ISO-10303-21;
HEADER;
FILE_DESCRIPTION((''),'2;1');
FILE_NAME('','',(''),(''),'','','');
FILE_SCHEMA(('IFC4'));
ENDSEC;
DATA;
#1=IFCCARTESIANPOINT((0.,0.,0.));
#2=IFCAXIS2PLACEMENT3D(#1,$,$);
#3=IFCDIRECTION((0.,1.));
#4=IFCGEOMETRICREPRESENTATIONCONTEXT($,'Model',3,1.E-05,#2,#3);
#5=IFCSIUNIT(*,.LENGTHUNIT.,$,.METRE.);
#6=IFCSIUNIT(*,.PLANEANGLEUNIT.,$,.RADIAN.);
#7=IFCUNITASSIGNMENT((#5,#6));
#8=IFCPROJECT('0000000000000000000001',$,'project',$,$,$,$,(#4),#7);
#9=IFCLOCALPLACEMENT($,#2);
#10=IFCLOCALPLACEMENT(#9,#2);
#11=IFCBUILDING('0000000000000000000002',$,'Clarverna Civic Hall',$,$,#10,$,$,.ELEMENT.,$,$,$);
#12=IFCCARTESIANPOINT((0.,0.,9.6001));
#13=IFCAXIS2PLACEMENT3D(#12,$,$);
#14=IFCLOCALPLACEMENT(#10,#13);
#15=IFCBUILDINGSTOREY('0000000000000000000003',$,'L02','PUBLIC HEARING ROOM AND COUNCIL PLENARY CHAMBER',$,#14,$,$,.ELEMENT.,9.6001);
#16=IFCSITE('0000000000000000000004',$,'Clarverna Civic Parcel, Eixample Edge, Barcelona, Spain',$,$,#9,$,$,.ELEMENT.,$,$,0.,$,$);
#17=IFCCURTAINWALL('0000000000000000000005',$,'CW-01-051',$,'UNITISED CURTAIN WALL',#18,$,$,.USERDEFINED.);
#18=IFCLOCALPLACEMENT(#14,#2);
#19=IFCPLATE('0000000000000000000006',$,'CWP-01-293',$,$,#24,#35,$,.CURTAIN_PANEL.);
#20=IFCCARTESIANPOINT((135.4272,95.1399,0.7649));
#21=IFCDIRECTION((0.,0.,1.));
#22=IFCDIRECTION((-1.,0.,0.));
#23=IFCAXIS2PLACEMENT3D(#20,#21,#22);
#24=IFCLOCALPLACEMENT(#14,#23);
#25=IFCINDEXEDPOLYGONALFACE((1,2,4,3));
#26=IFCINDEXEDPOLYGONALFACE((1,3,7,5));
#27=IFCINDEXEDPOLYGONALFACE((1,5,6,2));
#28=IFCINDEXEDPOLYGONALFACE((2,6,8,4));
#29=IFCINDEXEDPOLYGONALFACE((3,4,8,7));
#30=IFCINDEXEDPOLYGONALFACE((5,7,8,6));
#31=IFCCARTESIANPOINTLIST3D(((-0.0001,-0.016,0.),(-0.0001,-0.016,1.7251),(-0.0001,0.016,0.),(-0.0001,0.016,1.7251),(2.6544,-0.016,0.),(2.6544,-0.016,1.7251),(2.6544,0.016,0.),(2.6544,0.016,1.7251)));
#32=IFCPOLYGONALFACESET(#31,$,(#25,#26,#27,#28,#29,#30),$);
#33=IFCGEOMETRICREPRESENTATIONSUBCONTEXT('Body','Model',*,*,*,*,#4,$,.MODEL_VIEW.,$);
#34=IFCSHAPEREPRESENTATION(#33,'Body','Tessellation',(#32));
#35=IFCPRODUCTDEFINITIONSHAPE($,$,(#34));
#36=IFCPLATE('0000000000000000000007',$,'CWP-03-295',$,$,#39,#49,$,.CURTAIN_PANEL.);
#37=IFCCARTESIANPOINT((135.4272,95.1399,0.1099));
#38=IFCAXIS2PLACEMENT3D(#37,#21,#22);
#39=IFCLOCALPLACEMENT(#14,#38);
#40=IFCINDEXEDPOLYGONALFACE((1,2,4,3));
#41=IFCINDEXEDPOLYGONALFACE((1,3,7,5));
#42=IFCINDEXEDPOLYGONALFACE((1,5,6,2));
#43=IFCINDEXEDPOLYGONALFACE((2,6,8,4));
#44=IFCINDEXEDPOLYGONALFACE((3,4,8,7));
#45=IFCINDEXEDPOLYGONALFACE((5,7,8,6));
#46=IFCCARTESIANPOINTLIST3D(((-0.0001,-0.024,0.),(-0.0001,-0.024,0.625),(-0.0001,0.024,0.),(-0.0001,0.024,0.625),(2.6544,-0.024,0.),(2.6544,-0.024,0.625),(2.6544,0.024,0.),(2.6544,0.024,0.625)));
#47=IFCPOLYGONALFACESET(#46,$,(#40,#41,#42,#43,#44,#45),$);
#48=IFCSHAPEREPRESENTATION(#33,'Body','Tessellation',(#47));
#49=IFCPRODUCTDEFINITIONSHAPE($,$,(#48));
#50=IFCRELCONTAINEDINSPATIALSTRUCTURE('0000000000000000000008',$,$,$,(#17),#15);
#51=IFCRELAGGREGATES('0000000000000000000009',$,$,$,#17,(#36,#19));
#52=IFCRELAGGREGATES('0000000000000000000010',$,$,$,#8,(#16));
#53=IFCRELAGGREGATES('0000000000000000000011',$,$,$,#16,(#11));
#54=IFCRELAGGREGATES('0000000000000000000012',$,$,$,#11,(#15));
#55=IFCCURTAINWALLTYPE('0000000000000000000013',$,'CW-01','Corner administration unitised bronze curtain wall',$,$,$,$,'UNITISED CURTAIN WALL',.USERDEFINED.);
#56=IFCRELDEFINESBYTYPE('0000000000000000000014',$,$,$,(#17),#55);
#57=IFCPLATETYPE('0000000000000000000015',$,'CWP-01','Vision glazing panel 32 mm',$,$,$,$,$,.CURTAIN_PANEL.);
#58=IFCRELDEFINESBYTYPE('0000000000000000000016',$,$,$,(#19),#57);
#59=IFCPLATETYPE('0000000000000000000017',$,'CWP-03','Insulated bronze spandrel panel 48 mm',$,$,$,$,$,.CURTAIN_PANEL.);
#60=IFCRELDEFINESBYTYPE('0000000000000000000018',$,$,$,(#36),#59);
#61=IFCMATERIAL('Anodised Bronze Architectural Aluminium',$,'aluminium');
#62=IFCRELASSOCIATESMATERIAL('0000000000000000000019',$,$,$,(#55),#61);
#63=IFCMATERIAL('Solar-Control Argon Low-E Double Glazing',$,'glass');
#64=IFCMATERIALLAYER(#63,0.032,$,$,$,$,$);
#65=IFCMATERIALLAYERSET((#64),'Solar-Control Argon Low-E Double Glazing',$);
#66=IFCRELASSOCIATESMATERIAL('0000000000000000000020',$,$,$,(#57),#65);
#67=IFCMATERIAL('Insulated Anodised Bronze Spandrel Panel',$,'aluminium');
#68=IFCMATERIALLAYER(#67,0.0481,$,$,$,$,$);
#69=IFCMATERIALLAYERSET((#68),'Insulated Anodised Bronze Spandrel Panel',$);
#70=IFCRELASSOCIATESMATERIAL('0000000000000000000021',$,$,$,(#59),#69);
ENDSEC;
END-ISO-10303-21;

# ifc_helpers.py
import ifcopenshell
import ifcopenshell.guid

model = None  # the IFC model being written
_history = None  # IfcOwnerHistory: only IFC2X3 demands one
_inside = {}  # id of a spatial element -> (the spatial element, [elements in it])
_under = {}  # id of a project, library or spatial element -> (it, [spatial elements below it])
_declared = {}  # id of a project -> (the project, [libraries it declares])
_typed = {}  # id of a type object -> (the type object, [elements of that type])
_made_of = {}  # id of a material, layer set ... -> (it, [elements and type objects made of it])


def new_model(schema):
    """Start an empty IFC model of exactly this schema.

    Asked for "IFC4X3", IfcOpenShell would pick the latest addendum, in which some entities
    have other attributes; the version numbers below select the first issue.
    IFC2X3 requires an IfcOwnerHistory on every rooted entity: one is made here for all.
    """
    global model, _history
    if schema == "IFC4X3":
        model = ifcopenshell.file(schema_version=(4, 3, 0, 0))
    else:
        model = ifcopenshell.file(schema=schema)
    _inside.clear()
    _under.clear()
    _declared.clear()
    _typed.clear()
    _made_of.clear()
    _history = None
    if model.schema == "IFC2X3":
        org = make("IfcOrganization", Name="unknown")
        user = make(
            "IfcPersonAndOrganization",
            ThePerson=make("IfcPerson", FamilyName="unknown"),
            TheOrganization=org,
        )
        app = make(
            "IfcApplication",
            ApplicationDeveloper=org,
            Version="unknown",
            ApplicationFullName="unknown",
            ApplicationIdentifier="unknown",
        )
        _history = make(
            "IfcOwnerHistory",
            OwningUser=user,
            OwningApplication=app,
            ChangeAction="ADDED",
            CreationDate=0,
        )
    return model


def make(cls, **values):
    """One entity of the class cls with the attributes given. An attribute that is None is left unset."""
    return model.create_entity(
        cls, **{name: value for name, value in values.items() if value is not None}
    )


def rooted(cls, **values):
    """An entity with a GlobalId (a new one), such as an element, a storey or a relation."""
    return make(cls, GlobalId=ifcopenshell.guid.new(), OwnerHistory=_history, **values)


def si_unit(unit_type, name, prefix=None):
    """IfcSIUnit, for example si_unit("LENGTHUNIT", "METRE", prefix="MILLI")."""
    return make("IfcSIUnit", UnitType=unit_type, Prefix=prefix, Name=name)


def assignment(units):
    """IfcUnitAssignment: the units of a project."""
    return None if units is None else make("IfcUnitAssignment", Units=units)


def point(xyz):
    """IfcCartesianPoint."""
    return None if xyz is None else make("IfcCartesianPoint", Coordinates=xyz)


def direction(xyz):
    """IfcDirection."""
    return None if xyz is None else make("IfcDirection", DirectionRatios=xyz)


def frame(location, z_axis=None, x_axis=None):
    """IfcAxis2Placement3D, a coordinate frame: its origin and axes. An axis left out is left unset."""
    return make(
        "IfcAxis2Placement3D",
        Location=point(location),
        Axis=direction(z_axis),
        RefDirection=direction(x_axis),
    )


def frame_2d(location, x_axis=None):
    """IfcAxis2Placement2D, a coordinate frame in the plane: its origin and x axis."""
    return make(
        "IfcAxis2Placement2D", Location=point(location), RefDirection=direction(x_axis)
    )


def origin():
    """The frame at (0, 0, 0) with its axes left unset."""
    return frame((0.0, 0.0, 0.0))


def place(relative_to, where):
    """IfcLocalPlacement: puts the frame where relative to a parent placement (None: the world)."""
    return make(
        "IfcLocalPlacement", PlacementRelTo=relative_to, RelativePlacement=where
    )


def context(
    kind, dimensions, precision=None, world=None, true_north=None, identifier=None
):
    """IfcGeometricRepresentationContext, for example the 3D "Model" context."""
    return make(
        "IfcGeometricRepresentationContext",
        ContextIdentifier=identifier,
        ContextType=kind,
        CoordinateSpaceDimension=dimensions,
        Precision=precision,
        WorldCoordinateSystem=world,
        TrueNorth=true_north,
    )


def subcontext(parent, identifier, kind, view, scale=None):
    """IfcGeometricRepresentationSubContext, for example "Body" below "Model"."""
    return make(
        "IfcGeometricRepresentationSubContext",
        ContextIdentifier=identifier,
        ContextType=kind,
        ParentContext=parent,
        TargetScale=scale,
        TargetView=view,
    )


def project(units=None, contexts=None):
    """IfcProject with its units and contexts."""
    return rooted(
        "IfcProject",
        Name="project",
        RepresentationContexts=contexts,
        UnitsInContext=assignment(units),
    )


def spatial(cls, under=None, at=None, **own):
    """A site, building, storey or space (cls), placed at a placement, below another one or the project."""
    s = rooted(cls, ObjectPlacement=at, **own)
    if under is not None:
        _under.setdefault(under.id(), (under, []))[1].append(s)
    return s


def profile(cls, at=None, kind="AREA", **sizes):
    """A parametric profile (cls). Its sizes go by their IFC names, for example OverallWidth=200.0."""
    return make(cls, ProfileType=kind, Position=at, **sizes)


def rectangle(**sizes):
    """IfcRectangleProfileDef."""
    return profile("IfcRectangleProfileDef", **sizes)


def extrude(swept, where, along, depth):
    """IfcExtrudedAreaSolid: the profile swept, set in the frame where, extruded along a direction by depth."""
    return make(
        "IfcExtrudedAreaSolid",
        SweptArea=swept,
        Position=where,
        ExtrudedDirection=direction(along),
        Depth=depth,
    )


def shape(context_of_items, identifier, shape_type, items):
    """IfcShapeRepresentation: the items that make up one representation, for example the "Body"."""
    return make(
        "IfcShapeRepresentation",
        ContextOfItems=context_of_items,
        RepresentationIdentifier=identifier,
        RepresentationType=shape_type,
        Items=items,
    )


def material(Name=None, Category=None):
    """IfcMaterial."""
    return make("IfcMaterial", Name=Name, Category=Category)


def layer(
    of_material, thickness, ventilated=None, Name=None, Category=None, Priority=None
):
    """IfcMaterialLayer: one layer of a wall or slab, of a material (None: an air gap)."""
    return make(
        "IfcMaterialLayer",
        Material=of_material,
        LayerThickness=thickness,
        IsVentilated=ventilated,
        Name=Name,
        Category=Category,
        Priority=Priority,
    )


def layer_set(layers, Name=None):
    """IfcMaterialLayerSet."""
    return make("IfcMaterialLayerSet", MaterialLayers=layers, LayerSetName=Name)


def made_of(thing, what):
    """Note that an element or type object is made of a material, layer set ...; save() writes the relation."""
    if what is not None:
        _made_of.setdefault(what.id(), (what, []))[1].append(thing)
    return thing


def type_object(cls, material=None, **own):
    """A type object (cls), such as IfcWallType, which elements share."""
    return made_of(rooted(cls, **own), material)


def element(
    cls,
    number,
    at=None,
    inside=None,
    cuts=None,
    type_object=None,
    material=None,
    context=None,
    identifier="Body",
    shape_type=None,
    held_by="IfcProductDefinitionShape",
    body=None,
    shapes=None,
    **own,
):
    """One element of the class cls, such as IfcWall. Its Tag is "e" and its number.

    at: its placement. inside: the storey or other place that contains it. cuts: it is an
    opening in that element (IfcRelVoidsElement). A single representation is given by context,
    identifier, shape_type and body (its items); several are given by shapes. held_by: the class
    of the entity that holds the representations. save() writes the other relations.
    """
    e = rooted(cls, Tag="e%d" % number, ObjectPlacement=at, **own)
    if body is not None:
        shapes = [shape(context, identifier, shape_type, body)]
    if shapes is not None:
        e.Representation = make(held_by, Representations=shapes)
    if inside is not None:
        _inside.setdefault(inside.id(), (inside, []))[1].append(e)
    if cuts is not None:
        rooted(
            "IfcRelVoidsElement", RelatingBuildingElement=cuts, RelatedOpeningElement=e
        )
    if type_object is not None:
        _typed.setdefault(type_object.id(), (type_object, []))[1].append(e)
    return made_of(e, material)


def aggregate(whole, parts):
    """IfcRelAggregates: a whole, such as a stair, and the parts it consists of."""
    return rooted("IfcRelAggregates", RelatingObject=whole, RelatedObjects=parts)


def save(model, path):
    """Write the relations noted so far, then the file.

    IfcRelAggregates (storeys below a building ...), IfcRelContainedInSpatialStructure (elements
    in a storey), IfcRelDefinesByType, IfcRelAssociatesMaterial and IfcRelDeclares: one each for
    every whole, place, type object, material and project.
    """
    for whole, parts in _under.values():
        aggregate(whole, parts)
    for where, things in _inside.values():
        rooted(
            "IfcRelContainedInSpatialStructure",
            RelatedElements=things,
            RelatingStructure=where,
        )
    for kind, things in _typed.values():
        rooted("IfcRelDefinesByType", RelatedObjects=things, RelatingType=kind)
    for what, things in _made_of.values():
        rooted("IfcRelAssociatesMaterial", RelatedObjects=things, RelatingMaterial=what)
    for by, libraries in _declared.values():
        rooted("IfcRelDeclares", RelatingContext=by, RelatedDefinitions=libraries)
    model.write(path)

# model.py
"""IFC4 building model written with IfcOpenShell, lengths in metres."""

from ifc_helpers import new_model, si_unit, direction, frame, frame_2d, origin, place, context, subcontext, project, spatial, rectangle, extrude, material, layer, layer_set, type_object, element, aggregate, save


model = new_model("IFC4")

# Units and contexts
model_context = context("Model", 3, precision=1e-05, world=origin(), true_north=direction((0.0, 1.0)))
body_context = subcontext(model_context, "Body", "Model", "MODEL_VIEW")
ifc_project = project(units=[si_unit("LENGTHUNIT", "METRE"), si_unit("PLANEANGLEUNIT", "RADIAN")], contexts=[model_context])

# Site, building, storey
site_placement = place(None, origin())
site = spatial("IfcSite", under=ifc_project, at=site_placement, Name="Clarverna Civic Parcel, Eixample Edge, Barcelona, Spain", CompositionType="ELEMENT", RefElevation=0.0)
building_placement = place(site_placement, origin())
building = spatial("IfcBuilding", under=site, at=building_placement, Name="Clarverna Civic Hall", CompositionType="ELEMENT")
storey_placement = place(building_placement, frame((0.0, 0.0, 9.6001)))
storey = spatial("IfcBuildingStorey", under=building, at=storey_placement, Name="L02", Description="PUBLIC HEARING ROOM AND COUNCIL PLENARY CHAMBER", CompositionType="ELEMENT", Elevation=9.6001)

# Curtain wall, plates
ifc_material_1 = material(Name="Anodised Bronze Architectural Aluminium", Category="aluminium")
curtain_wall_type = type_object("IfcCurtainWallType", Name="CW-01", Description="Corner administration unitised bronze curtain wall", ElementType="UNITISED CURTAIN WALL", PredefinedType="USERDEFINED", material=ifc_material_1)
curtain_wall_placement = place(storey_placement, origin())
curtain_wall = element("IfcCurtainWall", 1, at=curtain_wall_placement, inside=storey, type_object=curtain_wall_type, Name="CW-01-051", ObjectType="UNITISED CURTAIN WALL", PredefinedType="USERDEFINED")
ifc_material_2 = material(Name="Solar-Control Argon Low-E Double Glazing", Category="glass")
ifc_layer_1 = layer(ifc_material_2, 0.032)
ifc_layer_set_1 = layer_set([ifc_layer_1], Name="Solar-Control Argon Low-E Double Glazing")
plate_type_1 = type_object("IfcPlateType", Name="CWP-01", Description="Vision glazing panel 32 mm", PredefinedType="CURTAIN_PANEL", material=ifc_layer_set_1)
plate_1_placement = place(storey_placement, frame((135.4272, 95.1399, 0.7649), z_axis=(0.0, 0.0, 1.0), x_axis=(-1.0, 0.0, 0.0)))
plate_1 = element("IfcPlate", 2, at=plate_1_placement, type_object=plate_type_1, Name="CWP-01-293", PredefinedType="CURTAIN_PANEL", context=body_context, shape_type="SweptSolid", body=[
    extrude(rectangle(XDim=2.6545, YDim=0.032, at=frame_2d((1.3271, 0.0))), origin(), (0.0, 0.0, 1.0), 1.7251),
])
ifc_material_3 = material(Name="Insulated Anodised Bronze Spandrel Panel", Category="aluminium")
ifc_layer_2 = layer(ifc_material_3, 0.0481)
ifc_layer_set_2 = layer_set([ifc_layer_2], Name="Insulated Anodised Bronze Spandrel Panel")
plate_type_2 = type_object("IfcPlateType", Name="CWP-03", Description="Insulated bronze spandrel panel 48 mm", PredefinedType="CURTAIN_PANEL", material=ifc_layer_set_2)
plate_2_placement = place(storey_placement, frame((135.4272, 95.1399, 0.1099), z_axis=(0.0, 0.0, 1.0), x_axis=(-1.0, 0.0, 0.0)))
plate_2 = element("IfcPlate", 3, at=plate_2_placement, type_object=plate_type_2, Name="CWP-03-295", PredefinedType="CURTAIN_PANEL", context=body_context, shape_type="SweptSolid", body=[
    extrude(rectangle(XDim=2.6545, YDim=0.0481, at=frame_2d((1.3271, 0.0))), origin(), (0.0, 0.0, 1.0), 0.625),
])
aggregate(curtain_wall, [plate_2, plate_1])

save(model, "model.ifc")
